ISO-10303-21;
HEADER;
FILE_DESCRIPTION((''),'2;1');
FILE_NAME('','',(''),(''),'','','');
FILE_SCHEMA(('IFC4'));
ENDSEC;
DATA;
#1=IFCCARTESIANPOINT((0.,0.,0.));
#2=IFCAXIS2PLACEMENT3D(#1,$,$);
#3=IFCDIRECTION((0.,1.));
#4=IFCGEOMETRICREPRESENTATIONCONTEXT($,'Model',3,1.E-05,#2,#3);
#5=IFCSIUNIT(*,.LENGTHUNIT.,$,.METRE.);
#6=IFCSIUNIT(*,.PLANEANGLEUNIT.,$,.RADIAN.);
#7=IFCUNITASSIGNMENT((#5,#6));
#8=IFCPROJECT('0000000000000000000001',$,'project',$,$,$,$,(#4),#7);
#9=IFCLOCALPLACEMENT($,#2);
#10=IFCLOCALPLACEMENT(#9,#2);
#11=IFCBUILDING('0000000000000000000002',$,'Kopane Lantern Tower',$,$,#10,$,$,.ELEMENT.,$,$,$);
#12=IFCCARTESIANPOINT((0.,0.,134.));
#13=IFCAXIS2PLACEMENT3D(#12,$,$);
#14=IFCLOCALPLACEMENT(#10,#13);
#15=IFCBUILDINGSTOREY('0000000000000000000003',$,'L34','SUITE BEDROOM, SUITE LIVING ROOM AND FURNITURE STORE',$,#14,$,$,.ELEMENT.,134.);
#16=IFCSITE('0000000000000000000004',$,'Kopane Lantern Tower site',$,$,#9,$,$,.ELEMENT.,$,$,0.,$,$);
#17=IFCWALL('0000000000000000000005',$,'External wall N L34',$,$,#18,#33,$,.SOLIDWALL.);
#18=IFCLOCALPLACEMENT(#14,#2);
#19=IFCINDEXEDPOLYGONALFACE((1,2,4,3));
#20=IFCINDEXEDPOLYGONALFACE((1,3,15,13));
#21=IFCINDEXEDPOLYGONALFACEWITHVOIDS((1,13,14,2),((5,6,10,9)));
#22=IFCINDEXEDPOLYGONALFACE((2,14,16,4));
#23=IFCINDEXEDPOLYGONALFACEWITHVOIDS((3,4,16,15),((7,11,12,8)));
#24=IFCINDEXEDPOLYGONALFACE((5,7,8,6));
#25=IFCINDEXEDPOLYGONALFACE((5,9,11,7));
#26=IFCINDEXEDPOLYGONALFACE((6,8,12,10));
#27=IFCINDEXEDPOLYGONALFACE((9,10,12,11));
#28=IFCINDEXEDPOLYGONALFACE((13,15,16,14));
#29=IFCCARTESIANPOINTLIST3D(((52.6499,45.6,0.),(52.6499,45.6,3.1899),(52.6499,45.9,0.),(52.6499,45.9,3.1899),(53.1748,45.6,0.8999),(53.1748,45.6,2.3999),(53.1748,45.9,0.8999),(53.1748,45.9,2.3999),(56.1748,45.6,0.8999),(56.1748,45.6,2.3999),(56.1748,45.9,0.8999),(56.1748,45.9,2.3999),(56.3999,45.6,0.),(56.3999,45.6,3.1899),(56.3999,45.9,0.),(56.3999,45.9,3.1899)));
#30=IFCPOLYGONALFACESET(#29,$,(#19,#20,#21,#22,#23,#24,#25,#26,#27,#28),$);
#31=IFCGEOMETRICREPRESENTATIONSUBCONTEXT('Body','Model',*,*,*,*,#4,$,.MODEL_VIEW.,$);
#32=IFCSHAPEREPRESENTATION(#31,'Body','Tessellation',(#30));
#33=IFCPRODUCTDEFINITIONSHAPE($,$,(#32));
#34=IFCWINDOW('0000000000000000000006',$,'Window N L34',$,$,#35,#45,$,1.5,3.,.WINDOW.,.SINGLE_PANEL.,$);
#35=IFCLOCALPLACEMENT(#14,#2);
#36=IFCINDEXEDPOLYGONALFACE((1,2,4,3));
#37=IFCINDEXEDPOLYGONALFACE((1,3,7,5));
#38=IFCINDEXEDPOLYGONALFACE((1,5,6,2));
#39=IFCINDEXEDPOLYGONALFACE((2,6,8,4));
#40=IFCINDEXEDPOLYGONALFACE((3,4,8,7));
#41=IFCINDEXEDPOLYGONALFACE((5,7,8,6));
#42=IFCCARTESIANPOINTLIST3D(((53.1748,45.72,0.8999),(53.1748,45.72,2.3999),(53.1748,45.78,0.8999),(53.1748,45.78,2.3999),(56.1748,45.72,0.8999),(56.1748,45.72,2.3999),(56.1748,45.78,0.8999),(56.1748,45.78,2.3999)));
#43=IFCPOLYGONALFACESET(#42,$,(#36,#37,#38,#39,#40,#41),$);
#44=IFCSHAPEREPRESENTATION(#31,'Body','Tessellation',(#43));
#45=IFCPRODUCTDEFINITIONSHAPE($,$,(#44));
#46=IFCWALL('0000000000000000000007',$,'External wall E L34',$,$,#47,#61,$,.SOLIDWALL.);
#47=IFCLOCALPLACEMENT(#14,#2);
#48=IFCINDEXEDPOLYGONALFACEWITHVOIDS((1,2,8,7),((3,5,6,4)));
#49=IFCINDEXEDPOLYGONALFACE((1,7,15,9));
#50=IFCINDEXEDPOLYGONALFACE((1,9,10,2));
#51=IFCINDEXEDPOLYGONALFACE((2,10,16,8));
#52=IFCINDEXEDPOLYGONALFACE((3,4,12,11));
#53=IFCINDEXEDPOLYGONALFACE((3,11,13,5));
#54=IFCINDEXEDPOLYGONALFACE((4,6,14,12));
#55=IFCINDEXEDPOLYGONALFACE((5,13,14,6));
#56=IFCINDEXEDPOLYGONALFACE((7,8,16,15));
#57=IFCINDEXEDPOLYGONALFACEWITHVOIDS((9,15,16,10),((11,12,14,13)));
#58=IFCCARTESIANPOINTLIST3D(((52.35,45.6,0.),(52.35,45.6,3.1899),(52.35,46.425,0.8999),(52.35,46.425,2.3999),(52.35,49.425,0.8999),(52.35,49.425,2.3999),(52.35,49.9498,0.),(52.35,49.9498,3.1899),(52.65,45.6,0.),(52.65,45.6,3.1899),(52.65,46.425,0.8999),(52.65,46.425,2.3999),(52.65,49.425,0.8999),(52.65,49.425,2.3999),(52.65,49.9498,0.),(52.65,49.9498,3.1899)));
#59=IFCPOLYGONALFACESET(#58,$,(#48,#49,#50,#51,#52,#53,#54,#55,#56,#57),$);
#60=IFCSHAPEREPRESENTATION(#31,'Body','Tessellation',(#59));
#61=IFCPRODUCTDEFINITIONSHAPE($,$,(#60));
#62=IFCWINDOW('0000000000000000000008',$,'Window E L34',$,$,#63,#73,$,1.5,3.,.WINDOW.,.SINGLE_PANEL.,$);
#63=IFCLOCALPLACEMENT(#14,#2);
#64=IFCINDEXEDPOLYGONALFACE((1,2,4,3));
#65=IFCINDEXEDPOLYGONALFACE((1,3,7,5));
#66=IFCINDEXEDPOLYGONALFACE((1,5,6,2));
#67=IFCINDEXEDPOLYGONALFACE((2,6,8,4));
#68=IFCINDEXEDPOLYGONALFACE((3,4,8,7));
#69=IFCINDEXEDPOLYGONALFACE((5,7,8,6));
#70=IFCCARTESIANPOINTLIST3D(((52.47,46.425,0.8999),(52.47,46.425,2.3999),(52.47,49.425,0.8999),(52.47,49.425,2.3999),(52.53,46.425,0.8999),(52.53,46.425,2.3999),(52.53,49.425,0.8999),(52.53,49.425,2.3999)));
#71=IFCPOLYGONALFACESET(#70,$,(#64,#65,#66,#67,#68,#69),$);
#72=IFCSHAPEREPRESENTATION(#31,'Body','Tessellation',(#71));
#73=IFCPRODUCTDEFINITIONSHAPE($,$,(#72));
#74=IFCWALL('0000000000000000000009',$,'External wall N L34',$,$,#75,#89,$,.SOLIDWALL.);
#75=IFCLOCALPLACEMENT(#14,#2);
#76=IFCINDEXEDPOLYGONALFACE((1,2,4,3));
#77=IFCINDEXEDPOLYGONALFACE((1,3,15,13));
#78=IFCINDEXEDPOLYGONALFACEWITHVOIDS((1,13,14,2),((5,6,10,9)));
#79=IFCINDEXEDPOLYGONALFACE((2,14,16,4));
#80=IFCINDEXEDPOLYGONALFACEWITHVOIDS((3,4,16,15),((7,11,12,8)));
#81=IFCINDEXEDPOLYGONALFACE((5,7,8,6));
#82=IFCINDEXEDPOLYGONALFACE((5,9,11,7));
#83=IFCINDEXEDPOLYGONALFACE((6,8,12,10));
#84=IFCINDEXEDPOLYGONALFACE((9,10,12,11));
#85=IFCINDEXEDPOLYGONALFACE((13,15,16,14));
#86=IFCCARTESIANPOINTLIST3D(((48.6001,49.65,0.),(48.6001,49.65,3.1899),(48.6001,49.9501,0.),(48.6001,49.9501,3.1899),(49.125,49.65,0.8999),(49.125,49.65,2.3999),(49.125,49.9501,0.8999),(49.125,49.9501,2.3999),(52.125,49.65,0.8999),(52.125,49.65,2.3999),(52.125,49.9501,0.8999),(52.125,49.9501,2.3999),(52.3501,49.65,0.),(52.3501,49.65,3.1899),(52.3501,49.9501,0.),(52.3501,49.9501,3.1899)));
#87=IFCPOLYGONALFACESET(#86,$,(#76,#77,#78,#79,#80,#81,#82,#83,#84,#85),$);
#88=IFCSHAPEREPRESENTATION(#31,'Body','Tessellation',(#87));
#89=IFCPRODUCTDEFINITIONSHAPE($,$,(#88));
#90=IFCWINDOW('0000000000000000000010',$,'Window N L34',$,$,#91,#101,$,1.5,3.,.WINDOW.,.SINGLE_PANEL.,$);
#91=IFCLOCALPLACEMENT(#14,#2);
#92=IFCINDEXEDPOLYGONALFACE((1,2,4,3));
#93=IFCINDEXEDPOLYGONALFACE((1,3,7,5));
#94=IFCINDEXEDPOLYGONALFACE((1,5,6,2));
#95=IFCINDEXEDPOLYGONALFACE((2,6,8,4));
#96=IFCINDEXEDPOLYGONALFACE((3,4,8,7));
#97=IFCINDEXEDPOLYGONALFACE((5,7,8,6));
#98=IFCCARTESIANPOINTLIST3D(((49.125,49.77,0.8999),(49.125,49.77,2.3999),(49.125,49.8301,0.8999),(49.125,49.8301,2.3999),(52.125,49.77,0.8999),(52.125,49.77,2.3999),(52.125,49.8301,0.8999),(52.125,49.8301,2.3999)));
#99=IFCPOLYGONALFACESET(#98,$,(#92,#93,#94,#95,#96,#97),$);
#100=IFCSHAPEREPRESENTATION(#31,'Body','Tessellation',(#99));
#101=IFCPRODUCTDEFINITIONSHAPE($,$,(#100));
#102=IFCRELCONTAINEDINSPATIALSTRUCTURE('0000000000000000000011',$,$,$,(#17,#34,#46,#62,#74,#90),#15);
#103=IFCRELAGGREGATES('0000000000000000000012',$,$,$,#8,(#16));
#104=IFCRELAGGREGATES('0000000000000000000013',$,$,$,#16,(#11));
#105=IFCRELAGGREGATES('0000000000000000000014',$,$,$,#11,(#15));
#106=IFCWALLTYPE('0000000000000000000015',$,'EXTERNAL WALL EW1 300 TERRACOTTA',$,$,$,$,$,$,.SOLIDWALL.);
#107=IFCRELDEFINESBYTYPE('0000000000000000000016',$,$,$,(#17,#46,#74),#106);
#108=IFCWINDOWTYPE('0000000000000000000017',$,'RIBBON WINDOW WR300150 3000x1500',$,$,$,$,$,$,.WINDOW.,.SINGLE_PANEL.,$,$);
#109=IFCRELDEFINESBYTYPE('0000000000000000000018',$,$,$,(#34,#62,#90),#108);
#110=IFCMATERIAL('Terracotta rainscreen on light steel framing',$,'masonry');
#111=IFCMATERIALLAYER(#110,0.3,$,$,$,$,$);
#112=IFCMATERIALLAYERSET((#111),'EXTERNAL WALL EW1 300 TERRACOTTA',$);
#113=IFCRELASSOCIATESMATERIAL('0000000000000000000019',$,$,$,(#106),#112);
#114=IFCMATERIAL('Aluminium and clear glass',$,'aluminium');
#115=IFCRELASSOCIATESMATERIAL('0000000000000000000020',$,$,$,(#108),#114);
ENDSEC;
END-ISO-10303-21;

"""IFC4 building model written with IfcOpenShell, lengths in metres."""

from ifc_helpers import new_model, si_unit, direction, frame, frame_2d, origin, place, context, subcontext, project, spatial, rectangle, extrude, material, layer, layer_set, type_object, element, fill, save


model = new_model("IFC4")

# Units and contexts
model_context = context("Model", 3, precision=1e-05, world=origin(), true_north=direction((0.0, 1.0)))
body_context = subcontext(model_context, "Body", "Model", "MODEL_VIEW")
ifc_project = project(units=[si_unit("LENGTHUNIT", "METRE"), si_unit("PLANEANGLEUNIT", "RADIAN")], contexts=[model_context])

# Site, building, storey
site_placement = place(None, origin())
site = spatial("IfcSite", under=ifc_project, at=site_placement, Name="Kopane Lantern Tower site", CompositionType="ELEMENT", RefElevation=0.0)
building_placement = place(site_placement, origin())
building = spatial("IfcBuilding", under=site, at=building_placement, Name="Kopane Lantern Tower", CompositionType="ELEMENT")
storey_placement = place(building_placement, frame((0.0, 0.0, 134.0)))
storey = spatial("IfcBuildingStorey", under=building, at=storey_placement, Name="L34", Description="SUITE BEDROOM, SUITE LIVING ROOM AND FURNITURE STORE", CompositionType="ELEMENT", Elevation=134.0)

# Walls, openings, windows
ifc_material_1 = material(Name="Terracotta rainscreen on light steel framing", Category="masonry")
ifc_layer_1 = layer(ifc_material_1, 0.3)
ifc_layer_set_1 = layer_set([ifc_layer_1], Name="EXTERNAL WALL EW1 300 TERRACOTTA")
wall_type_1 = type_object("IfcWallType", Name="EXTERNAL WALL EW1 300 TERRACOTTA", PredefinedType="SOLIDWALL", material=ifc_layer_set_1)
wall_1_placement = place(storey_placement, frame((56.3999, 45.75, 0.0), z_axis=(0.0, 0.0, 1.0), x_axis=(-1.0, 0.0, 0.0)))
wall_1 = element("IfcWall", 1, at=wall_1_placement, inside=storey, type_object=wall_type_1, Name="External wall N L34", PredefinedType="SOLIDWALL", context=body_context, shape_type="SweptSolid", body=[
    extrude(rectangle(XDim=3.75, YDim=0.3, at=frame_2d((1.875, 0.0))), origin(), (0.0, 0.0, 1.0), 3.1899),
])
opening_1_placement = place(wall_1_placement, frame((0.2251, 0.0, 0.8999)))
opening_1 = element("IfcOpeningElement", 2, at=opening_1_placement, cuts=wall_1, PredefinedType="OPENING", context=body_context, shape_type="SweptSolid", body=[
    extrude(rectangle(XDim=3.0, YDim=1.5, at=frame_2d((1.5, 0.75))), frame((0.0, 0.1599, 0.0), z_axis=(0.0, -1.0, 0.0), x_axis=(1.0, 0.0, 0.0)), (0.0, 0.0, 1.0), 0.3201),
])
ifc_material_2 = material(Name="Aluminium and clear glass", Category="aluminium")
window_type = type_object("IfcWindowType", Name="RIBBON WINDOW WR300150 3000x1500", PartitioningType="SINGLE_PANEL", PredefinedType="WINDOW", material=ifc_material_2)
window_1_placement = place(opening_1_placement, origin())
window_1 = element("IfcWindow", 3, at=window_1_placement, inside=storey, type_object=window_type, Name="Window N L34", OverallHeight=1.5, OverallWidth=3.0, PartitioningType="SINGLE_PANEL", PredefinedType="WINDOW", context=body_context, shape_type="SweptSolid", body=[
    extrude(rectangle(XDim=3.0, YDim=1.5, at=frame_2d((1.5, 0.75))), frame((0.0, 0.03, 0.0), z_axis=(0.0, -1.0, 0.0), x_axis=(1.0, 0.0, 0.0)), (0.0, 0.0, 1.0), 0.0601),
])
fill(opening_1, window_1)
wall_2_placement = place(storey_placement, frame((52.5, 45.6001, 0.0), z_axis=(0.0, 0.0, 1.0), x_axis=(0.0, 1.0, 0.0)))
wall_2 = element("IfcWall", 4, at=wall_2_placement, inside=storey, type_object=wall_type_1, Name="External wall E L34", PredefinedType="SOLIDWALL", context=body_context, shape_type="SweptSolid", body=[
    extrude(rectangle(XDim=4.3499, YDim=0.3, at=frame_2d((2.1748, 0.0))), origin(), (0.0, 0.0, 1.0), 3.1899),
])
opening_2_placement = place(wall_2_placement, frame((0.825, 0.0, 0.8999)))
opening_2 = element("IfcOpeningElement", 5, at=opening_2_placement, cuts=wall_2, PredefinedType="OPENING", context=body_context, shape_type="SweptSolid", body=[
    extrude(rectangle(XDim=3.0, YDim=1.5, at=frame_2d((1.5, 0.75))), frame((0.0, 0.1599, 0.0), z_axis=(0.0, -1.0, 0.0), x_axis=(1.0, 0.0, 0.0)), (0.0, 0.0, 1.0), 0.3201),
])
window_2_placement = place(opening_2_placement, origin())
window_2 = element("IfcWindow", 6, at=window_2_placement, inside=storey, type_object=window_type, Name="Window E L34", OverallHeight=1.5, OverallWidth=3.0, PartitioningType="SINGLE_PANEL", PredefinedType="WINDOW", context=body_context, shape_type="SweptSolid", body=[
    extrude(rectangle(XDim=3.0, YDim=1.5, at=frame_2d((1.5, 0.75))), frame((0.0, 0.03, 0.0), z_axis=(0.0, -1.0, 0.0), x_axis=(1.0, 0.0, 0.0)), (0.0, 0.0, 1.0), 0.0601),
])
fill(opening_2, window_2)
wall_3_placement = place(storey_placement, frame((52.3501, 49.8, 0.0), z_axis=(0.0, 0.0, 1.0), x_axis=(-1.0, 0.0, 0.0)))
wall_3 = element("IfcWall", 7, at=wall_3_placement, inside=storey, type_object=wall_type_1, Name="External wall N L34", PredefinedType="SOLIDWALL", context=body_context, shape_type="SweptSolid", body=[
    extrude(rectangle(XDim=3.75, YDim=0.3, at=frame_2d((1.875, 0.0))), origin(), (0.0, 0.0, 1.0), 3.1899),
])
opening_3_placement = place(wall_3_placement, frame((0.2251, 0.0, 0.8999)))
opening_3 = element("IfcOpeningElement", 8, at=opening_3_placement, cuts=wall_3, PredefinedType="OPENING", context=body_context, shape_type="SweptSolid", body=[
    extrude(rectangle(XDim=3.0, YDim=1.5, at=frame_2d((1.5, 0.75))), frame((0.0, 0.1599, 0.0), z_axis=(0.0, -1.0, 0.0), x_axis=(1.0, 0.0, 0.0)), (0.0, 0.0, 1.0), 0.3201),
])
window_3_placement = place(opening_3_placement, origin())
window_3 = element("IfcWindow", 9, at=window_3_placement, inside=storey, type_object=window_type, Name="Window N L34", OverallHeight=1.5, OverallWidth=3.0, PartitioningType="SINGLE_PANEL", PredefinedType="WINDOW", context=body_context, shape_type="SweptSolid", body=[
    extrude(rectangle(XDim=3.0, YDim=1.5, at=frame_2d((1.5, 0.75))), frame((0.0, 0.03, 0.0), z_axis=(0.0, -1.0, 0.0), x_axis=(1.0, 0.0, 0.0)), (0.0, 0.0, 1.0), 0.0601),
])
fill(opening_3, window_3)

save(model, "model.ifc")
